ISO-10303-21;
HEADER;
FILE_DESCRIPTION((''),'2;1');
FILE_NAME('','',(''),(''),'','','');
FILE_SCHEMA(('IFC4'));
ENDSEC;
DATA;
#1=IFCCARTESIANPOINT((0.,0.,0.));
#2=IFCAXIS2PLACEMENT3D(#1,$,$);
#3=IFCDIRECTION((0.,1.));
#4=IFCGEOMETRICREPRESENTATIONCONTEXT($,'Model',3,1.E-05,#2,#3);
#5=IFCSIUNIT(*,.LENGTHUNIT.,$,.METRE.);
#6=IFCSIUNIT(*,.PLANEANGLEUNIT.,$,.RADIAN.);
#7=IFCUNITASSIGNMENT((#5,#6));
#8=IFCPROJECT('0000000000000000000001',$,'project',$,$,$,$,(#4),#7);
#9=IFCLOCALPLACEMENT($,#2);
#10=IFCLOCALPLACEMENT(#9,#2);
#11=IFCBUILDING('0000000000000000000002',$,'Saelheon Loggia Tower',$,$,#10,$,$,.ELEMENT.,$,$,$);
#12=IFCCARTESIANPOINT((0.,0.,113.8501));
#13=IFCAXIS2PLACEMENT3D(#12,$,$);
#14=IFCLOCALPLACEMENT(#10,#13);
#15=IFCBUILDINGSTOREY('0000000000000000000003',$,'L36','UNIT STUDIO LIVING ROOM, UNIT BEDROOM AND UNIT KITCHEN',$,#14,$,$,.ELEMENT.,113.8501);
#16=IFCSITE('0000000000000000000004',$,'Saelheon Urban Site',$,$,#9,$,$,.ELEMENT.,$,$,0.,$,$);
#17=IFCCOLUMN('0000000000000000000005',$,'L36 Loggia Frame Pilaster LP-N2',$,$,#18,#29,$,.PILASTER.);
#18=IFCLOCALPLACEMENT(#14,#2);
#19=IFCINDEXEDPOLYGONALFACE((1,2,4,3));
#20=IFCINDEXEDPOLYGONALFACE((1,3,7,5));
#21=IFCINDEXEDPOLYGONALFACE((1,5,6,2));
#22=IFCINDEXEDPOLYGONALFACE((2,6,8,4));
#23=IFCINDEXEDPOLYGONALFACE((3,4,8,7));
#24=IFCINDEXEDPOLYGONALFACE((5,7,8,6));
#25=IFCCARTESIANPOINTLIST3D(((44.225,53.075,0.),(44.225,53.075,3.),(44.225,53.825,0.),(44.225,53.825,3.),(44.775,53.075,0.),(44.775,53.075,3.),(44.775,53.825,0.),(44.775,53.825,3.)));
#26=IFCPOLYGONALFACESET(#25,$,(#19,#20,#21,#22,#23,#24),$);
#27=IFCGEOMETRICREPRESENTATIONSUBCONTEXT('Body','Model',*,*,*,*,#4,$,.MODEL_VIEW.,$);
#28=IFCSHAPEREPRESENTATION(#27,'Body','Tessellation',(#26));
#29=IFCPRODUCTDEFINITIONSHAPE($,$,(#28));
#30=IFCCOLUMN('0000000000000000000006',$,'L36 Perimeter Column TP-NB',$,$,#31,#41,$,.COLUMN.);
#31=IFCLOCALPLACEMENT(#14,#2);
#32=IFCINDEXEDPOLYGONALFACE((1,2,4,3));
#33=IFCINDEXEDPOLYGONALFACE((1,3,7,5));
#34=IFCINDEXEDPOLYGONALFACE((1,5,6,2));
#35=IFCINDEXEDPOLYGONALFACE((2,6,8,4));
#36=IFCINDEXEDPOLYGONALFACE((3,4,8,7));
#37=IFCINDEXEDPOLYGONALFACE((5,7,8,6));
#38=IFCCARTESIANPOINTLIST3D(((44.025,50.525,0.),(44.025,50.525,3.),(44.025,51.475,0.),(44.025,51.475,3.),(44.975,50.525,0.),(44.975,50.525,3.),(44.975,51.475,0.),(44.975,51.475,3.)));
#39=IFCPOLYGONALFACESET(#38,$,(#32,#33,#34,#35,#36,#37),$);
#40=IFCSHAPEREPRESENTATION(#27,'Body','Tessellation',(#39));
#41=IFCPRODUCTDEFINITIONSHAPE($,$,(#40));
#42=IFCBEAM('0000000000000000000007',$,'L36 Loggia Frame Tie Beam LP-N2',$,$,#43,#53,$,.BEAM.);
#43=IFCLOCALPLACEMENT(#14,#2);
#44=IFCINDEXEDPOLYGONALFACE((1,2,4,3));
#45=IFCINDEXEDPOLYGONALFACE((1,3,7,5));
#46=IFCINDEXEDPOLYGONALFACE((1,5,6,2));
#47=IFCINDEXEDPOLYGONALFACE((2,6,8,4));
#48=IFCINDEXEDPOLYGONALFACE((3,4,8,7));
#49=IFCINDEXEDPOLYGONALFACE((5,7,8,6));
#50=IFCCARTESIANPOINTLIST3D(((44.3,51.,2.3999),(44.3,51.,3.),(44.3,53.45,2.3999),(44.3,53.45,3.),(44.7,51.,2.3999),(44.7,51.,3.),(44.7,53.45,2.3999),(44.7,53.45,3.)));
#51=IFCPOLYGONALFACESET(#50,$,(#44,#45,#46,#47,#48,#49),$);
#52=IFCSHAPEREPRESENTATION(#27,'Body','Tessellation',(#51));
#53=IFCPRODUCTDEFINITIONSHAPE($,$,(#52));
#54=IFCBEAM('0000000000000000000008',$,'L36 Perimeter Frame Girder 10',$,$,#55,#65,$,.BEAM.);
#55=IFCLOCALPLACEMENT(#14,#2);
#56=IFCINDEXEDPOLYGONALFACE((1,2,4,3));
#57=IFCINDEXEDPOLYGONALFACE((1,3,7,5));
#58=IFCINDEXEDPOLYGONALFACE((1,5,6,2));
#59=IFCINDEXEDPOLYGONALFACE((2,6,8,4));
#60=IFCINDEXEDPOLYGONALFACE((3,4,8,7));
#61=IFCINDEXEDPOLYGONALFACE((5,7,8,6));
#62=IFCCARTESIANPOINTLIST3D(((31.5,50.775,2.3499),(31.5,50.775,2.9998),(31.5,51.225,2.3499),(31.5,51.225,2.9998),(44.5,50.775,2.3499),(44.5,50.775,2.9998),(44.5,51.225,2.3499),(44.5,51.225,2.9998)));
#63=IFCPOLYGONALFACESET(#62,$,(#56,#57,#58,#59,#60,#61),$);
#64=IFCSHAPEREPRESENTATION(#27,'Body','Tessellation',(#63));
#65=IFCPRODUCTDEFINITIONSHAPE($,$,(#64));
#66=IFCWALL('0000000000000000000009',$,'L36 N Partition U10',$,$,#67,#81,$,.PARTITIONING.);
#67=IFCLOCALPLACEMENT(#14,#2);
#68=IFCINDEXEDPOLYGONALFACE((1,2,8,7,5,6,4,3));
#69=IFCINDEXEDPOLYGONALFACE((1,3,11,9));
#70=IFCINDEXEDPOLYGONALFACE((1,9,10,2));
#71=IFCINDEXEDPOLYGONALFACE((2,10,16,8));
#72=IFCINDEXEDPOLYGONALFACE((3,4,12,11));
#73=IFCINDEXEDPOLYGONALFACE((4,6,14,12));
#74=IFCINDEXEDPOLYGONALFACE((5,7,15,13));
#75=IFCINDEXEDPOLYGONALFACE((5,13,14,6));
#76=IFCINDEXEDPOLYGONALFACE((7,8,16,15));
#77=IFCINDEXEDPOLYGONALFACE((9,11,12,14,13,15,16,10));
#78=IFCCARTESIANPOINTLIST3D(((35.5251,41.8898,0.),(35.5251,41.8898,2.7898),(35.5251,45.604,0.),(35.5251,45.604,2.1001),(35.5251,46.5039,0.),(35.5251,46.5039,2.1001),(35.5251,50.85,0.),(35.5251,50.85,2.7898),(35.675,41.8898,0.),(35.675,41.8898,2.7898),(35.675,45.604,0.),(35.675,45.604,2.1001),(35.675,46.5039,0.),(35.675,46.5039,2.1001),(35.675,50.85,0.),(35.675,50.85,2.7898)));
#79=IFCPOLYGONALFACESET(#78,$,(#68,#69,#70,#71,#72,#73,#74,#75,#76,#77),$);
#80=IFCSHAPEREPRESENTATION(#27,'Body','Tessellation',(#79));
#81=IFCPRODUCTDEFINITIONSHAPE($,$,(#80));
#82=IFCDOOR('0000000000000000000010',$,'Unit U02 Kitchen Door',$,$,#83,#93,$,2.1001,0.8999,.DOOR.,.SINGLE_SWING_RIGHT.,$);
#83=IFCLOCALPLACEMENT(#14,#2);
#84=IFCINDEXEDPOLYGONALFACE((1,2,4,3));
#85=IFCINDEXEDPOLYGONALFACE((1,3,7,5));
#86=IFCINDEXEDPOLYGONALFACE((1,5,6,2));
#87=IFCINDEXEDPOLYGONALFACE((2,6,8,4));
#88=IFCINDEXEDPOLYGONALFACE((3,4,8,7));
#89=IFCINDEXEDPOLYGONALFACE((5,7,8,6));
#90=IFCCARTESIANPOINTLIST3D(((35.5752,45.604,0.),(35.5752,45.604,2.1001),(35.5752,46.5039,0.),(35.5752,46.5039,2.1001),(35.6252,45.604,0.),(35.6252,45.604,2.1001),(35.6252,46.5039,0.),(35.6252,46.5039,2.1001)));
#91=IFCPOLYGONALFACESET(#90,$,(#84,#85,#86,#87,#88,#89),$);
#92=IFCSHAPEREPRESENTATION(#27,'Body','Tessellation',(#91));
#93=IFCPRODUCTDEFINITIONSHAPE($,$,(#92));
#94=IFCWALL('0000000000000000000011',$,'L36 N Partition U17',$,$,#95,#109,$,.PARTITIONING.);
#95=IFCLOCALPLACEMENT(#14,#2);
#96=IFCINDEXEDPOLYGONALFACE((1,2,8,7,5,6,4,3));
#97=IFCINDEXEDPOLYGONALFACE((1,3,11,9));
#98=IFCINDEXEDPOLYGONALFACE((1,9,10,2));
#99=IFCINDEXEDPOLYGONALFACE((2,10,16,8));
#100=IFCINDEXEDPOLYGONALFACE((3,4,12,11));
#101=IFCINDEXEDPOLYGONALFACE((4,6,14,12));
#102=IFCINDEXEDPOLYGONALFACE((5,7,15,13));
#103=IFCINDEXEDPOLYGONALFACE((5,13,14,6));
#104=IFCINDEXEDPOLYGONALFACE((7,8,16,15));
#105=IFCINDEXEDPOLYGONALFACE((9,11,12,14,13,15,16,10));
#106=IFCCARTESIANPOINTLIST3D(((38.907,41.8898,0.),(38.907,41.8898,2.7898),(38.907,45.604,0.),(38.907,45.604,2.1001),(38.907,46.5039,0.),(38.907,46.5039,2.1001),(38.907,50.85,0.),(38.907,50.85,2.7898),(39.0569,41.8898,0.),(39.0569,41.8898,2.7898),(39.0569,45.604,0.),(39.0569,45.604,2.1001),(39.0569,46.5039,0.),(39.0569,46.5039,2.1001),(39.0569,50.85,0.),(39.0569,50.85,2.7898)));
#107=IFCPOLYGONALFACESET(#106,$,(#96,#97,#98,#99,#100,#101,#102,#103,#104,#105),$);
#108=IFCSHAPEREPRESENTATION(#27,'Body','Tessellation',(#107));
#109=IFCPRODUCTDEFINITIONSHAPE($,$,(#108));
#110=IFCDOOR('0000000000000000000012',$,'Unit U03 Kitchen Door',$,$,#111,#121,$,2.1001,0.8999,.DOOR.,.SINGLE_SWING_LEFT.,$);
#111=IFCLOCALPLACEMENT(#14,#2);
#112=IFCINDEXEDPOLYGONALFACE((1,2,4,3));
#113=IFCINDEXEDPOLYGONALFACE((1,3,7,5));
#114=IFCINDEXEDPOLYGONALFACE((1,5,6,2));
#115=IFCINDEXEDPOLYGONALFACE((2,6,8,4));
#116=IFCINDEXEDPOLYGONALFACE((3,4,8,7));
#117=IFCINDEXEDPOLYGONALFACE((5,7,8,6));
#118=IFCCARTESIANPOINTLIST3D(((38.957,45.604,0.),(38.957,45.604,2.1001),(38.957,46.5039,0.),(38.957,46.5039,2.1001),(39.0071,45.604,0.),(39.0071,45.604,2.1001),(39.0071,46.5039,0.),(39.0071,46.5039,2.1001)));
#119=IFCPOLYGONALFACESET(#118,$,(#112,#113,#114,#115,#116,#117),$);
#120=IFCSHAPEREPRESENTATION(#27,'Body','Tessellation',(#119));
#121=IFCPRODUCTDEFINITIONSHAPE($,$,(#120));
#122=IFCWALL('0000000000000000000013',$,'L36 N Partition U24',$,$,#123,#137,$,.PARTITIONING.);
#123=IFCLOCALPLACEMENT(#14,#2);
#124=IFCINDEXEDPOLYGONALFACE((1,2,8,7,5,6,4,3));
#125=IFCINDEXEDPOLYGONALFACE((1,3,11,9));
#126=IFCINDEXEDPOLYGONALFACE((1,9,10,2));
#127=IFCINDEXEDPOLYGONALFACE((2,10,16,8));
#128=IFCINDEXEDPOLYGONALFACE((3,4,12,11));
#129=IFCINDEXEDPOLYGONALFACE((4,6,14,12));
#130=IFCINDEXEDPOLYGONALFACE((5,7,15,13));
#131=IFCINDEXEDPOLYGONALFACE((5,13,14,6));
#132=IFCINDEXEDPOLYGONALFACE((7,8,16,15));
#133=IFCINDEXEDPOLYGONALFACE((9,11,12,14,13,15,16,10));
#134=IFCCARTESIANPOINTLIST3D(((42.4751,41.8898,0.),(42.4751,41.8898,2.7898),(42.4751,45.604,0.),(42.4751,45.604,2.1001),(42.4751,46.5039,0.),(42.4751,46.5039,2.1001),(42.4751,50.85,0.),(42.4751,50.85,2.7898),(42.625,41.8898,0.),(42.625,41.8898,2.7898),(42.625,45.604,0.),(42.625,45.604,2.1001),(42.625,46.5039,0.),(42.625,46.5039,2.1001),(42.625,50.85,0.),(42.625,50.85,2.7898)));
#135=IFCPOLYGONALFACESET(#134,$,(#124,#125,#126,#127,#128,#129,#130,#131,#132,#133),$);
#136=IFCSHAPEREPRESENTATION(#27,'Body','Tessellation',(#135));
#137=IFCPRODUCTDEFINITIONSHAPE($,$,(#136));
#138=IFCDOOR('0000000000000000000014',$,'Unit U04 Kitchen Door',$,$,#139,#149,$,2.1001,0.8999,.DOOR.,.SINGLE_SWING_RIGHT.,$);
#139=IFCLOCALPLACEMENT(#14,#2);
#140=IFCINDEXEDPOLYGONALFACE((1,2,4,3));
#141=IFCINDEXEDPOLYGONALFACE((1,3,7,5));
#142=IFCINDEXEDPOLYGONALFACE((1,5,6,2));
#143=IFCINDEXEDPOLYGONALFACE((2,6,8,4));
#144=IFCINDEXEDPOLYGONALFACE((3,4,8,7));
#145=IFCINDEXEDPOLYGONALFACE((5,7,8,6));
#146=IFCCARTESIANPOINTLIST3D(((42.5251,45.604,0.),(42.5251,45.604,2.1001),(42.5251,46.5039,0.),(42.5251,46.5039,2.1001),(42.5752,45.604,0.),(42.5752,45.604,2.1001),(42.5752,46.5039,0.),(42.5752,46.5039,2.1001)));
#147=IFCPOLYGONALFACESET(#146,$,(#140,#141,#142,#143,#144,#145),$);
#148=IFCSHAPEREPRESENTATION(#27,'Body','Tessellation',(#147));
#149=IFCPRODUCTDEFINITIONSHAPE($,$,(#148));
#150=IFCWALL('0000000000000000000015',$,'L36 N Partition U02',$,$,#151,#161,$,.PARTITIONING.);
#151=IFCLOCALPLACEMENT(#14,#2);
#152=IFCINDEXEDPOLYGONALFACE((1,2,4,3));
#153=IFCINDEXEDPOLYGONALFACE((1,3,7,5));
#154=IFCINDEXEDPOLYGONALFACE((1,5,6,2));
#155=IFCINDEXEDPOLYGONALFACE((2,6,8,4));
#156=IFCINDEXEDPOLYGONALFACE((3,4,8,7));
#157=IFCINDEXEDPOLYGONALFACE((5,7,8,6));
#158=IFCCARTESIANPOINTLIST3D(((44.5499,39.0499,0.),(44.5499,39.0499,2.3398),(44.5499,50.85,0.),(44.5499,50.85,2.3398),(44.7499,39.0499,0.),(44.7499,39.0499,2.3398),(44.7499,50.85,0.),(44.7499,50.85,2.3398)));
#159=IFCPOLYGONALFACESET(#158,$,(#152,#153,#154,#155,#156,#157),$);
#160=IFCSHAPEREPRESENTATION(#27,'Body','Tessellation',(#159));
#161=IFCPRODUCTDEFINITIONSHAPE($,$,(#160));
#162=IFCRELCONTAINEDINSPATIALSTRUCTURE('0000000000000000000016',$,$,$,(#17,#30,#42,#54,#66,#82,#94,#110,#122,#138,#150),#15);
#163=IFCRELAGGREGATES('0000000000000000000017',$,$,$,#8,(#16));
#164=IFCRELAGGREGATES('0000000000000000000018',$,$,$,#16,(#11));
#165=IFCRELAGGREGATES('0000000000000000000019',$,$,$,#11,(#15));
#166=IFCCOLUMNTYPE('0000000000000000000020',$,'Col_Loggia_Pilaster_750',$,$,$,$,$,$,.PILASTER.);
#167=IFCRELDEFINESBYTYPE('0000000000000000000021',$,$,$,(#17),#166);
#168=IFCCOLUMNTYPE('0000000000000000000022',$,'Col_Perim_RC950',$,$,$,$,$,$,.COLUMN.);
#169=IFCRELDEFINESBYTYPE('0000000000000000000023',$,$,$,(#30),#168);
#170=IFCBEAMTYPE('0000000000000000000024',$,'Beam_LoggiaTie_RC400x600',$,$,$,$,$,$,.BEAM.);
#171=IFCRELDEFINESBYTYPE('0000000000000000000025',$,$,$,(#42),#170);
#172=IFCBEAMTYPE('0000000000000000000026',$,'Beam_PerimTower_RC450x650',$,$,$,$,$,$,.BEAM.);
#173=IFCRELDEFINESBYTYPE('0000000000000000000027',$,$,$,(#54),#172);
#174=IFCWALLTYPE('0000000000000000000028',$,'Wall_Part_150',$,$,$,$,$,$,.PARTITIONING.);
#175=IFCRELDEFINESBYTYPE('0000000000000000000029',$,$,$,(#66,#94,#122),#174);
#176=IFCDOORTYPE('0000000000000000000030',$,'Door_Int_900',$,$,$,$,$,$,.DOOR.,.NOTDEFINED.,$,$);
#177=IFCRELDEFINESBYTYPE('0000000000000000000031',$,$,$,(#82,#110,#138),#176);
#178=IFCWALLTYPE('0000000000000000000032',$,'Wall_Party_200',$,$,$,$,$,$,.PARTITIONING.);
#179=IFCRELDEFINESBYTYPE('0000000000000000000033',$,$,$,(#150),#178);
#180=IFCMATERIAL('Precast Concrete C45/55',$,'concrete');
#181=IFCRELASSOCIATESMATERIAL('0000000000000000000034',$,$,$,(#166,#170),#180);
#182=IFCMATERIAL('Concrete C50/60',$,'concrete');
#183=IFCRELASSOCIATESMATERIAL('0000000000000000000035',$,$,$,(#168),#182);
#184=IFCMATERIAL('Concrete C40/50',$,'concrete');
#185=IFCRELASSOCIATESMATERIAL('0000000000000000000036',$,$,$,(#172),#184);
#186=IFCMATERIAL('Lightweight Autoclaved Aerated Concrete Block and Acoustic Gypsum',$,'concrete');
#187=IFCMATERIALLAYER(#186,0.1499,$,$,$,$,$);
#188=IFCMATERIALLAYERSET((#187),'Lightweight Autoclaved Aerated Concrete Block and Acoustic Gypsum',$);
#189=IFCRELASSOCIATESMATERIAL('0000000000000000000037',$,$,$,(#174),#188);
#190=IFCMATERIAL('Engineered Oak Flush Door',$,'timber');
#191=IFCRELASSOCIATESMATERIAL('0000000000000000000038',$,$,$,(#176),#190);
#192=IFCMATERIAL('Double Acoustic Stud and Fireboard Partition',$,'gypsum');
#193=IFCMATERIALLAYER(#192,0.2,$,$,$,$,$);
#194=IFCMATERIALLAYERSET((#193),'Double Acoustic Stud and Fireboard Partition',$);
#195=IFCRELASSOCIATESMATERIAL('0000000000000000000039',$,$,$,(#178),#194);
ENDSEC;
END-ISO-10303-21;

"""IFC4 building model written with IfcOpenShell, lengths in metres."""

from ifc_helpers import new_model, si_unit, direction, frame, frame_2d, origin, origin_2d, place, context, subcontext, project, spatial, rectangle, extrude, source, transform, mapped, material, layer, layer_set, material_profile, profile_set, type_object, element, fill, save


model = new_model("IFC4")

# Units and contexts
model_context = context("Model", 3, precision=1e-05, world=origin(), true_north=direction((0.0, 1.0)))
body_context = subcontext(model_context, "Body", "Model", "MODEL_VIEW")
ifc_project = project(units=[si_unit("LENGTHUNIT", "METRE"), si_unit("PLANEANGLEUNIT", "RADIAN")], contexts=[model_context])

# Site, building, storey
site_placement = place(None, origin())
site = spatial("IfcSite", under=ifc_project, at=site_placement, Name="Saelheon Urban Site", CompositionType="ELEMENT", RefElevation=0.0)
building_placement = place(site_placement, origin())
building = spatial("IfcBuilding", under=site, at=building_placement, Name="Saelheon Loggia Tower", CompositionType="ELEMENT")
storey_placement = place(building_placement, frame((0.0, 0.0, 113.8501)))
storey = spatial("IfcBuildingStorey", under=building, at=storey_placement, Name="L36", Description="UNIT STUDIO LIVING ROOM, UNIT BEDROOM AND UNIT KITCHEN", CompositionType="ELEMENT", Elevation=113.8501)

# Columns
ifc_material_1 = material(Name="Precast Concrete C45/55", Category="concrete")
ifc_material_profile_1 = material_profile(ifc_material_1, rectangle(XDim=0.55, YDim=0.75, at=origin_2d()), Name="RC-550x750")
ifc_profile_set_1 = profile_set([ifc_material_profile_1], Name="Precast Concrete C45/55")
column_type_1 = type_object("IfcColumnType", Name="Col_Loggia_Pilaster_750", PredefinedType="PILASTER", material=ifc_profile_set_1)
shared_shape_1 = source(origin(), body_context, "Body", "SweptSolid", [
    extrude(rectangle(XDim=0.55, YDim=0.75, at=origin_2d()), origin(), (0.0, 0.0, 1.0), 3.0),
])
column_1_placement = place(storey_placement, frame((44.5, 53.45, 0.0), z_axis=(0.0, 0.0, 1.0), x_axis=(1.0, 0.0, 0.0)))
element("IfcColumn", 1, at=column_1_placement, inside=storey, type_object=column_type_1, Name="L36 Loggia Frame Pilaster LP-N2", PredefinedType="PILASTER", context=body_context, shape_type="MappedRepresentation", body=[
    mapped(shared_shape_1, transform((0.0, 0.0, 0.0), scale=1.0)),
])
ifc_material_2 = material(Name="Concrete C50/60", Category="concrete")
ifc_material_profile_2 = material_profile(ifc_material_2, rectangle(XDim=0.95, YDim=0.95, at=origin_2d()), Name="RC-950x950")
ifc_profile_set_2 = profile_set([ifc_material_profile_2], Name="Concrete C50/60")
column_type_2 = type_object("IfcColumnType", Name="Col_Perim_RC950", PredefinedType="COLUMN", material=ifc_profile_set_2)
shared_shape_2 = source(origin(), body_context, "Body", "SweptSolid", [
    extrude(rectangle(XDim=0.95, YDim=0.95, at=origin_2d()), origin(), (0.0, 0.0, 1.0), 3.0),
])
column_2_placement = place(storey_placement, frame((44.5, 51.0, 0.0), z_axis=(0.0, 0.0, 1.0), x_axis=(1.0, 0.0, 0.0)))
element("IfcColumn", 2, at=column_2_placement, inside=storey, type_object=column_type_2, Name="L36 Perimeter Column TP-NB", PredefinedType="COLUMN", context=body_context, shape_type="MappedRepresentation", body=[
    mapped(shared_shape_2, transform((0.0, 0.0, 0.0), scale=1.0)),
])

# Beams
ifc_material_profile_3 = material_profile(ifc_material_1, rectangle(XDim=0.3999, YDim=0.6001, at=origin_2d()), Name="RC-400x600")
ifc_profile_set_3 = profile_set([ifc_material_profile_3], Name="Precast Concrete C45/55")
beam_type_1 = type_object("IfcBeamType", Name="Beam_LoggiaTie_RC400x600", PredefinedType="BEAM", material=ifc_profile_set_3)
shared_shape_3 = source(origin(), body_context, "Body", "SweptSolid", [
    extrude(rectangle(XDim=0.3999, YDim=0.6001, at=origin_2d()), origin(), (0.0, 0.0, 1.0), 2.45),
])
beam_1_placement = place(storey_placement, frame((44.5, 51.0, 2.7), z_axis=(0.0, 1.0, 0.0), x_axis=(-1.0, 0.0, 0.0)))
element("IfcBeam", 3, at=beam_1_placement, inside=storey, type_object=beam_type_1, Name="L36 Loggia Frame Tie Beam LP-N2", PredefinedType="BEAM", context=body_context, shape_type="MappedRepresentation", body=[
    mapped(shared_shape_3, transform((0.0, 0.0, 0.0), scale=1.0)),
])
ifc_material_3 = material(Name="Concrete C40/50", Category="concrete")
ifc_material_profile_4 = material_profile(ifc_material_3, rectangle(XDim=0.45, YDim=0.6499, at=origin_2d()), Name="RC-450x650")
ifc_profile_set_4 = profile_set([ifc_material_profile_4], Name="Concrete C40/50")
beam_type_2 = type_object("IfcBeamType", Name="Beam_PerimTower_RC450x650", PredefinedType="BEAM", material=ifc_profile_set_4)
shared_shape_4 = source(origin(), body_context, "Body", "SweptSolid", [
    extrude(rectangle(XDim=0.45, YDim=0.6499, at=origin_2d()), origin(), (0.0, 0.0, 1.0), 13.0),
])
beam_2_placement = place(storey_placement, frame((44.5, 51.0, 2.6748), z_axis=(-1.0, 0.0, 0.0), x_axis=(0.0, -1.0, 0.0)))
element("IfcBeam", 4, at=beam_2_placement, inside=storey, type_object=beam_type_2, Name="L36 Perimeter Frame Girder 10", PredefinedType="BEAM", context=body_context, shape_type="MappedRepresentation", body=[
    mapped(shared_shape_4, transform((0.0, 0.0, 0.0), scale=1.0)),
])

# Walls, openings, doors
ifc_material_4 = material(Name="Lightweight Autoclaved Aerated Concrete Block and Acoustic Gypsum", Category="concrete")
ifc_layer_1 = layer(ifc_material_4, 0.1499)
ifc_layer_set_1 = layer_set([ifc_layer_1], Name="Lightweight Autoclaved Aerated Concrete Block and Acoustic Gypsum")
wall_type_1 = type_object("IfcWallType", Name="Wall_Part_150", PredefinedType="PARTITIONING", material=ifc_layer_set_1)
wall_1_placement = place(storey_placement, frame((35.6001, 41.8899, 0.0), z_axis=(0.0, 0.0, 1.0), x_axis=(0.0, 1.0, 0.0)))
wall_1 = element("IfcWall", 5, at=wall_1_placement, inside=storey, type_object=wall_type_1, Name="L36 N Partition U10", PredefinedType="PARTITIONING", context=body_context, shape_type="SweptSolid", body=[
    extrude(rectangle(XDim=8.9602, YDim=0.1499, at=frame_2d((4.48, 0.0))), origin(), (0.0, 0.0, 1.0), 2.7898),
])
opening_1_placement = place(wall_1_placement, frame((3.7141, 0.0, 0.0)))
opening_1 = element("IfcOpeningElement", 6, at=opening_1_placement, cuts=wall_1, PredefinedType="OPENING", context=body_context, shape_type="SweptSolid", body=[
    extrude(rectangle(XDim=0.8999, YDim=2.1001, at=frame_2d((0.45, 1.05))), frame((0.0, 0.0869, 0.0), z_axis=(0.0, -1.0, 0.0), x_axis=(1.0, 0.0, 0.0)), (0.0, 0.0, 1.0), 0.1738),
])
ifc_material_5 = material(Name="Engineered Oak Flush Door", Category="timber")
door_type_1 = type_object("IfcDoorType", Name="Door_Int_900", OperationType="NOTDEFINED", PredefinedType="DOOR", material=ifc_material_5)
shared_shape_5 = source(origin(), body_context, "Body", "SweptSolid", [
    extrude(rectangle(XDim=0.8999, YDim=2.1001, at=frame_2d((0.45, 1.05))), frame((0.0, 0.0249, 0.0), z_axis=(0.0, -1.0, 0.0), x_axis=(1.0, 0.0, 0.0)), (0.0, 0.0, 1.0), 0.05),
])
door_1_placement = place(opening_1_placement, origin())
door_1 = element("IfcDoor", 7, at=door_1_placement, inside=storey, type_object=door_type_1, Name="Unit U02 Kitchen Door", OperationType="SINGLE_SWING_RIGHT", OverallHeight=2.1001, OverallWidth=0.8999, PredefinedType="DOOR", context=body_context, shape_type="MappedRepresentation", body=[
    mapped(shared_shape_5, transform((0.0, 0.0, 0.0), scale=1.0)),
])
fill(opening_1, door_1)
wall_2_placement = place(storey_placement, frame((38.9819, 41.8899, 0.0), z_axis=(0.0, 0.0, 1.0), x_axis=(0.0, 1.0, 0.0)))
wall_2 = element("IfcWall", 8, at=wall_2_placement, inside=storey, type_object=wall_type_1, Name="L36 N Partition U17", PredefinedType="PARTITIONING", context=body_context, shape_type="SweptSolid", body=[
    extrude(rectangle(XDim=8.9602, YDim=0.1499, at=frame_2d((4.48, 0.0))), origin(), (0.0, 0.0, 1.0), 2.7898),
])
opening_2_placement = place(wall_2_placement, frame((3.7141, 0.0, 0.0)))
opening_2 = element("IfcOpeningElement", 9, at=opening_2_placement, cuts=wall_2, PredefinedType="OPENING", context=body_context, shape_type="SweptSolid", body=[
    extrude(rectangle(XDim=0.8999, YDim=2.1001, at=frame_2d((0.45, 1.05))), frame((0.0, 0.0869, 0.0), z_axis=(0.0, -1.0, 0.0), x_axis=(1.0, 0.0, 0.0)), (0.0, 0.0, 1.0), 0.1738),
])
door_2_placement = place(opening_2_placement, origin())
door_2 = element("IfcDoor", 10, at=door_2_placement, inside=storey, type_object=door_type_1, Name="Unit U03 Kitchen Door", OperationType="SINGLE_SWING_LEFT", OverallHeight=2.1001, OverallWidth=0.8999, PredefinedType="DOOR", context=body_context, shape_type="MappedRepresentation", body=[
    mapped(shared_shape_5, transform((0.0, 0.0, 0.0), scale=1.0)),
])
fill(opening_2, door_2)
wall_3_placement = place(storey_placement, frame((42.55, 41.8899, 0.0), z_axis=(0.0, 0.0, 1.0), x_axis=(0.0, 1.0, 0.0)))
wall_3 = element("IfcWall", 11, at=wall_3_placement, inside=storey, type_object=wall_type_1, Name="L36 N Partition U24", PredefinedType="PARTITIONING", context=body_context, shape_type="SweptSolid", body=[
    extrude(rectangle(XDim=8.9602, YDim=0.1499, at=frame_2d((4.48, 0.0))), origin(), (0.0, 0.0, 1.0), 2.7898),
])
opening_3_placement = place(wall_3_placement, frame((3.7141, 0.0, 0.0)))
opening_3 = element("IfcOpeningElement", 12, at=opening_3_placement, cuts=wall_3, PredefinedType="OPENING", context=body_context, shape_type="SweptSolid", body=[
    extrude(rectangle(XDim=0.8999, YDim=2.1001, at=frame_2d((0.45, 1.05))), frame((0.0, 0.0869, 0.0), z_axis=(0.0, -1.0, 0.0), x_axis=(1.0, 0.0, 0.0)), (0.0, 0.0, 1.0), 0.1738),
])
door_3_placement = place(opening_3_placement, origin())
door_3 = element("IfcDoor", 13, at=door_3_placement, inside=storey, type_object=door_type_1, Name="Unit U04 Kitchen Door", OperationType="SINGLE_SWING_RIGHT", OverallHeight=2.1001, OverallWidth=0.8999, PredefinedType="DOOR", context=body_context, shape_type="MappedRepresentation", body=[
    mapped(shared_shape_5, transform((0.0, 0.0, 0.0), scale=1.0)),
])
fill(opening_3, door_3)

# Wall
ifc_material_6 = material(Name="Double Acoustic Stud and Fireboard Partition", Category="gypsum")
ifc_layer_2 = layer(ifc_material_6, 0.2)
ifc_layer_set_2 = layer_set([ifc_layer_2], Name="Double Acoustic Stud and Fireboard Partition")
wall_type_2 = type_object("IfcWallType", Name="Wall_Party_200", PredefinedType="PARTITIONING", material=ifc_layer_set_2)
wall_4_placement = place(storey_placement, frame((44.6499, 39.05, 0.0), z_axis=(0.0, 0.0, 1.0), x_axis=(0.0, 1.0, 0.0)))
element("IfcWall", 14, at=wall_4_placement, inside=storey, type_object=wall_type_2, Name="L36 N Partition U02", PredefinedType="PARTITIONING", context=body_context, shape_type="SweptSolid", body=[
    extrude(rectangle(XDim=11.8, YDim=0.2, at=frame_2d((5.8999, 0.0))), origin(), (0.0, 0.0, 1.0), 2.3398),
])

save(model, "model.ifc")
